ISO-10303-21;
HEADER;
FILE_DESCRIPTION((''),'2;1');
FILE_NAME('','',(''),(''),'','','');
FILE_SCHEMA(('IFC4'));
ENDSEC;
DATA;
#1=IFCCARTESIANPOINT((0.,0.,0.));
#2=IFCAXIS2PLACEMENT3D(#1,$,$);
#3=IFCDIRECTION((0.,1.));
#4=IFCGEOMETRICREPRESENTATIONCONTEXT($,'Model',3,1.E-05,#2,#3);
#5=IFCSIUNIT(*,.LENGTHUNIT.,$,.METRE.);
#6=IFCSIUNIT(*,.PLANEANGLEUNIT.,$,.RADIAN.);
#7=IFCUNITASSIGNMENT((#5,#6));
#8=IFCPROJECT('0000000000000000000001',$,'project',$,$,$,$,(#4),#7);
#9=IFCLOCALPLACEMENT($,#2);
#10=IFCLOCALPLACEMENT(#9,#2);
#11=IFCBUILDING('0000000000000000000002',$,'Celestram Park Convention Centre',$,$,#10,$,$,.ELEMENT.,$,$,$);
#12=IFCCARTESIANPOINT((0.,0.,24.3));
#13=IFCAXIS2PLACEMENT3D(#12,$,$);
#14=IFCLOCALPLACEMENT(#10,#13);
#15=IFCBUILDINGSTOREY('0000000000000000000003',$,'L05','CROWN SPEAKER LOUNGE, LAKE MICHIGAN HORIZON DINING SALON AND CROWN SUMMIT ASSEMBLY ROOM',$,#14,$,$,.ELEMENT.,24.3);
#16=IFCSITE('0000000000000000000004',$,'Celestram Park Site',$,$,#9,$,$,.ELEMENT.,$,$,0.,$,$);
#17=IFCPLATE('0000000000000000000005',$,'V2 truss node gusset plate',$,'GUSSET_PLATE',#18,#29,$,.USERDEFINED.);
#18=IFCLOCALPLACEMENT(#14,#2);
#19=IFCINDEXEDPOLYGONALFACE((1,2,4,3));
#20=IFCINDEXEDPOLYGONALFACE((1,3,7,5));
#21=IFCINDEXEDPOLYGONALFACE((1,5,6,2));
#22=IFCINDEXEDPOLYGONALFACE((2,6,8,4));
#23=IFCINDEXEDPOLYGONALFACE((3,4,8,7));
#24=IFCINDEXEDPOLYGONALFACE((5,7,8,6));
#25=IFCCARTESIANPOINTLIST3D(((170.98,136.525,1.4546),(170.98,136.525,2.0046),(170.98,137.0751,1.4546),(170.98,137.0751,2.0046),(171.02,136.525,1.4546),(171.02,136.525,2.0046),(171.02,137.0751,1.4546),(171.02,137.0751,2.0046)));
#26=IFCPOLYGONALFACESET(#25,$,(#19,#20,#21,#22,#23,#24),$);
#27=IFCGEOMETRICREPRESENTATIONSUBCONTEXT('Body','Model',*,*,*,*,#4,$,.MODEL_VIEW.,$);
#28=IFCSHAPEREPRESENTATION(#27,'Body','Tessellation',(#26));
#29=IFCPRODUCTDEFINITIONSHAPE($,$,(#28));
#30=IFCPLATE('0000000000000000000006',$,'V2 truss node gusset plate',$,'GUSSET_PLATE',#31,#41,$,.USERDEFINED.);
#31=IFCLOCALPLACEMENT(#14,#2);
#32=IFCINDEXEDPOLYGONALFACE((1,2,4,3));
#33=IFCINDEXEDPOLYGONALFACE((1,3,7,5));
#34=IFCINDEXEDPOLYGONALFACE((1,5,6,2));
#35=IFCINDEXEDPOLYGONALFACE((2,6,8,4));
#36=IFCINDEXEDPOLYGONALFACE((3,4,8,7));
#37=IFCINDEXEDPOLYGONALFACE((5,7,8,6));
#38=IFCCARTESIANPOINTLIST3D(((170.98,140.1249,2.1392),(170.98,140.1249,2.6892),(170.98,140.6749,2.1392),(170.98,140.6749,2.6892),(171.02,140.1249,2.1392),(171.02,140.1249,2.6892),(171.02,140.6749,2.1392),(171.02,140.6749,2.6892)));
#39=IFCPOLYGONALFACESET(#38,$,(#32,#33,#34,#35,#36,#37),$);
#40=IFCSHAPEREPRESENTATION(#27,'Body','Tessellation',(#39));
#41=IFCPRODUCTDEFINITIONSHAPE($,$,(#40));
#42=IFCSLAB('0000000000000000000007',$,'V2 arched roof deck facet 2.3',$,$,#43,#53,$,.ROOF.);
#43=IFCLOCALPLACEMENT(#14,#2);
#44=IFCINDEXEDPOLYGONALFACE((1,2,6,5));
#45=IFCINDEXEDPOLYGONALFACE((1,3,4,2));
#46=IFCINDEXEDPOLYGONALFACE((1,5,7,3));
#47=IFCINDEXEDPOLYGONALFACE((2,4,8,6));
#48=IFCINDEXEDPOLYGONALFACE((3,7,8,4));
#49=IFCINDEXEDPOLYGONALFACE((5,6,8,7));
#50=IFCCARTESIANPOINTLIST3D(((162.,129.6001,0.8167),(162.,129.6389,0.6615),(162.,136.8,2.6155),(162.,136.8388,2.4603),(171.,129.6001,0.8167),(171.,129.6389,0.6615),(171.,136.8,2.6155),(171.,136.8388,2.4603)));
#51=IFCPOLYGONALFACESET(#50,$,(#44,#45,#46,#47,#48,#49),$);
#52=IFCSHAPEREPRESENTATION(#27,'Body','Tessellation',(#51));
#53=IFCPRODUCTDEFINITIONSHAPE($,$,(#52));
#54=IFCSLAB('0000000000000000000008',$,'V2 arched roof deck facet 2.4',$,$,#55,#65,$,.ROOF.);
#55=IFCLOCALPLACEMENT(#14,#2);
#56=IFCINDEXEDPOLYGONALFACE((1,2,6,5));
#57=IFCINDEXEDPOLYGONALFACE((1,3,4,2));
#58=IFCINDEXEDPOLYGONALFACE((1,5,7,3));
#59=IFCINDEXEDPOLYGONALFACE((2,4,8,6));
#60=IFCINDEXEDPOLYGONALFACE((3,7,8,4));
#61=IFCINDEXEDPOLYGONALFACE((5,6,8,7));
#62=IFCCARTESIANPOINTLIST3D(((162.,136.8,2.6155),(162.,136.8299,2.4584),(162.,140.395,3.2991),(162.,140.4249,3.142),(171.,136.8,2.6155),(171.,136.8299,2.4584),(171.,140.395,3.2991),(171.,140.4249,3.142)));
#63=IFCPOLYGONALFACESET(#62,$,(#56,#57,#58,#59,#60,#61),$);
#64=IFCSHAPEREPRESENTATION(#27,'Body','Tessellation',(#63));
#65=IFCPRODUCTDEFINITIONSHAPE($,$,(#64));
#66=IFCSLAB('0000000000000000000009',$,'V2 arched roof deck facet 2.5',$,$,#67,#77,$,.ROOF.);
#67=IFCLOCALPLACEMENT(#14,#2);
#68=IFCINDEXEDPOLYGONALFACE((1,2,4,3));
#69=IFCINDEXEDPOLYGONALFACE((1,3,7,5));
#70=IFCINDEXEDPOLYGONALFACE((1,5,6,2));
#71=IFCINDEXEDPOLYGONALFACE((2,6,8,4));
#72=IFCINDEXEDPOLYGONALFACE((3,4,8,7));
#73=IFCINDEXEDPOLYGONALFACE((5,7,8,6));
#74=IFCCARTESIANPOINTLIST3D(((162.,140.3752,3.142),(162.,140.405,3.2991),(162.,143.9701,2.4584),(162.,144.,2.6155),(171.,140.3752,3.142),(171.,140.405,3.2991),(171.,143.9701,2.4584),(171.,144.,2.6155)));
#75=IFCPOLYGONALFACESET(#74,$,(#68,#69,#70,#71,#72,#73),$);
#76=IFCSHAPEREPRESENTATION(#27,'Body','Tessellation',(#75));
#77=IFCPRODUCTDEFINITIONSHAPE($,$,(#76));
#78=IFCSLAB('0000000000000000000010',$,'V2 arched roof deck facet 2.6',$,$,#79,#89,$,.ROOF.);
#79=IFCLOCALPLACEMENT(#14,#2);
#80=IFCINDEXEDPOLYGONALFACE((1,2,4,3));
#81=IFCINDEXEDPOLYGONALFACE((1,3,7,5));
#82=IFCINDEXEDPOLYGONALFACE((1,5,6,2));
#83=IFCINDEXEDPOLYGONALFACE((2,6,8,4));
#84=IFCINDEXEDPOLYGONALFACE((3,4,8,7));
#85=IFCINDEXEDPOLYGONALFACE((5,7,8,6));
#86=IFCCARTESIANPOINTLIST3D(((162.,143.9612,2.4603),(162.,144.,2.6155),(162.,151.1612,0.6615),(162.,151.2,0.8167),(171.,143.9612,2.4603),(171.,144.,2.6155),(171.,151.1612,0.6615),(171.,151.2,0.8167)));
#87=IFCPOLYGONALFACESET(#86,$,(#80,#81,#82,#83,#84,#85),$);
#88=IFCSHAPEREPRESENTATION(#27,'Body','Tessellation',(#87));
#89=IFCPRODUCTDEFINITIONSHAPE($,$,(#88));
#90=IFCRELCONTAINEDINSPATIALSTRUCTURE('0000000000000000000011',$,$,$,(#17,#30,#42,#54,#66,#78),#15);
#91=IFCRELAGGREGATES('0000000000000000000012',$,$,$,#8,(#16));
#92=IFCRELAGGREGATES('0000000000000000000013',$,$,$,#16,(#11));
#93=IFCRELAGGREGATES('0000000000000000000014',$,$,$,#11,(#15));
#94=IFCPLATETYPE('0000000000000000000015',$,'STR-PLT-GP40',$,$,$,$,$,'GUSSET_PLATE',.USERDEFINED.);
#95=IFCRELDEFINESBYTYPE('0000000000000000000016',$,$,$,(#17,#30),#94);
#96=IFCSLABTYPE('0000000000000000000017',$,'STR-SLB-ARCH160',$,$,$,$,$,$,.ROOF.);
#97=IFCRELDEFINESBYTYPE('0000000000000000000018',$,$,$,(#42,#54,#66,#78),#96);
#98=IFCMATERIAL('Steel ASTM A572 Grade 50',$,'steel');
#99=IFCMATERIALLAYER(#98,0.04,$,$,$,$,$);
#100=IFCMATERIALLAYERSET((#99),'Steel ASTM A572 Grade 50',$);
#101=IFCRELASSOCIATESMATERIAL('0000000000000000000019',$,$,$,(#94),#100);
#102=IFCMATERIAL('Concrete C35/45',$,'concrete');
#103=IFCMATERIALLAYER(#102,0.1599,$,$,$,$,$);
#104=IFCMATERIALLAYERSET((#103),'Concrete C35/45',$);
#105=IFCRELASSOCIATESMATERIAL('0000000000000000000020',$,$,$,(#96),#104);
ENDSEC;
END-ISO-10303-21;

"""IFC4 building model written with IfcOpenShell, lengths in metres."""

from ifc_helpers import new_model, si_unit, direction, frame, origin, origin_2d, place, context, subcontext, project, spatial, polyline, rectangle, outline, extrude, material, layer, layer_set, type_object, element, save


model = new_model("IFC4")

# Units and contexts
model_context = context("Model", 3, precision=1e-05, world=origin(), true_north=direction((0.0, 1.0)))
body_context = subcontext(model_context, "Body", "Model", "MODEL_VIEW")
ifc_project = project(units=[si_unit("LENGTHUNIT", "METRE"), si_unit("PLANEANGLEUNIT", "RADIAN")], contexts=[model_context])

# Site, building, storey
site_placement = place(None, origin())
site = spatial("IfcSite", under=ifc_project, at=site_placement, Name="Celestram Park Site", CompositionType="ELEMENT", RefElevation=0.0)
building_placement = place(site_placement, origin())
building = spatial("IfcBuilding", under=site, at=building_placement, Name="Celestram Park Convention Centre", CompositionType="ELEMENT")
storey_placement = place(building_placement, frame((0.0, 0.0, 24.3)))
storey = spatial("IfcBuildingStorey", under=building, at=storey_placement, Name="L05", Description="CROWN SPEAKER LOUNGE, LAKE MICHIGAN HORIZON DINING SALON AND CROWN SUMMIT ASSEMBLY ROOM", CompositionType="ELEMENT", Elevation=24.3)

# Plates
ifc_material_1 = material(Name="Steel ASTM A572 Grade 50", Category="steel")
ifc_layer_1 = layer(ifc_material_1, 0.04)
ifc_layer_set_1 = layer_set([ifc_layer_1], Name="Steel ASTM A572 Grade 50")
plate_type = type_object("IfcPlateType", Name="STR-PLT-GP40", ElementType="GUSSET_PLATE", PredefinedType="USERDEFINED", material=ifc_layer_set_1)
for number, where, z_axis, x_axis, name in (
    (1, (171.0, 136.8, 1.4546), (0.0, 0.0, 1.0), (0.0, 1.0, 0.0), "V2 truss node gusset plate"),
    (2, (171.0, 140.3999, 2.1392), (0.0, 0.0, 1.0), (0.0, 1.0, 0.0), "V2 truss node gusset plate"),
):
    element("IfcPlate", number, at=place(storey_placement, frame(where, z_axis=z_axis, x_axis=x_axis)), inside=storey, type_object=plate_type, Name=name, ObjectType="GUSSET_PLATE", PredefinedType="USERDEFINED", context=body_context, shape_type="SweptSolid", body=[
        extrude(rectangle(XDim=0.55, YDim=0.04, at=origin_2d()), origin(), (0.0, 0.0, 1.0), 0.55),
    ])

# Slabs
ifc_material_2 = material(Name="Concrete C35/45", Category="concrete")
ifc_layer_2 = layer(ifc_material_2, 0.1599)
ifc_layer_set_2 = layer_set([ifc_layer_2], Name="Concrete C35/45")
slab_type = type_object("IfcSlabType", Name="STR-SLB-ARCH160", PredefinedType="ROOF", material=ifc_layer_set_2)
slab_1_placement = place(storey_placement, frame((162.0, 129.6001, 0.8167), z_axis=(0.0, -0.242389, 0.970179), x_axis=(1.0, 0.0, 0.0)))
element("IfcSlab", 3, at=slab_1_placement, inside=storey, type_object=slab_type, Name="V2 arched roof deck facet 2.3", PredefinedType="ROOF", context=body_context, shape_type="SweptSolid", body=[
    extrude(outline(polyline([(0.0, 0.0), (9.0, 0.0), (9.0, 7.4213), (0.0, 7.4213), (0.0, 0.0)])), origin(), (0.0, 0.0, -1.0), 0.1599),
])
for number, where, z_axis, x_axis, name in (
    (4, (162.0, 136.8, 2.6155), (0.0, -0.186806, 0.982397), (1.0, 0.0, 0.0), "V2 arched roof deck facet 2.4"),
    (5, (162.0, 140.405, 3.2991), (0.0, 0.186806, 0.982397), (1.0, 0.0, 0.0), "V2 arched roof deck facet 2.5"),
):
    element("IfcSlab", number, at=place(storey_placement, frame(where, z_axis=z_axis, x_axis=x_axis)), inside=storey, type_object=slab_type, Name=name, PredefinedType="ROOF", context=body_context, shape_type="SweptSolid", body=[
        extrude(outline(polyline([(0.0, 0.0), (9.0, 0.0), (9.0, 3.6594), (0.0, 3.6594), (0.0, 0.0)])), origin(), (0.0, 0.0, -1.0), 0.1599),
    ])
slab_2_placement = place(storey_placement, frame((162.0, 144.0, 2.6155), z_axis=(0.0, 0.242389, 0.970179), x_axis=(1.0, 0.0, 0.0)))
element("IfcSlab", 6, at=slab_2_placement, inside=storey, type_object=slab_type, Name="V2 arched roof deck facet 2.6", PredefinedType="ROOF", context=body_context, shape_type="SweptSolid", body=[
    extrude(outline(polyline([(0.0, 0.0), (9.0, 0.0), (9.0, 7.4213), (0.0, 7.4213), (0.0, 0.0)])), origin(), (0.0, 0.0, -1.0), 0.1599),
])

save(model, "model.ifc")
